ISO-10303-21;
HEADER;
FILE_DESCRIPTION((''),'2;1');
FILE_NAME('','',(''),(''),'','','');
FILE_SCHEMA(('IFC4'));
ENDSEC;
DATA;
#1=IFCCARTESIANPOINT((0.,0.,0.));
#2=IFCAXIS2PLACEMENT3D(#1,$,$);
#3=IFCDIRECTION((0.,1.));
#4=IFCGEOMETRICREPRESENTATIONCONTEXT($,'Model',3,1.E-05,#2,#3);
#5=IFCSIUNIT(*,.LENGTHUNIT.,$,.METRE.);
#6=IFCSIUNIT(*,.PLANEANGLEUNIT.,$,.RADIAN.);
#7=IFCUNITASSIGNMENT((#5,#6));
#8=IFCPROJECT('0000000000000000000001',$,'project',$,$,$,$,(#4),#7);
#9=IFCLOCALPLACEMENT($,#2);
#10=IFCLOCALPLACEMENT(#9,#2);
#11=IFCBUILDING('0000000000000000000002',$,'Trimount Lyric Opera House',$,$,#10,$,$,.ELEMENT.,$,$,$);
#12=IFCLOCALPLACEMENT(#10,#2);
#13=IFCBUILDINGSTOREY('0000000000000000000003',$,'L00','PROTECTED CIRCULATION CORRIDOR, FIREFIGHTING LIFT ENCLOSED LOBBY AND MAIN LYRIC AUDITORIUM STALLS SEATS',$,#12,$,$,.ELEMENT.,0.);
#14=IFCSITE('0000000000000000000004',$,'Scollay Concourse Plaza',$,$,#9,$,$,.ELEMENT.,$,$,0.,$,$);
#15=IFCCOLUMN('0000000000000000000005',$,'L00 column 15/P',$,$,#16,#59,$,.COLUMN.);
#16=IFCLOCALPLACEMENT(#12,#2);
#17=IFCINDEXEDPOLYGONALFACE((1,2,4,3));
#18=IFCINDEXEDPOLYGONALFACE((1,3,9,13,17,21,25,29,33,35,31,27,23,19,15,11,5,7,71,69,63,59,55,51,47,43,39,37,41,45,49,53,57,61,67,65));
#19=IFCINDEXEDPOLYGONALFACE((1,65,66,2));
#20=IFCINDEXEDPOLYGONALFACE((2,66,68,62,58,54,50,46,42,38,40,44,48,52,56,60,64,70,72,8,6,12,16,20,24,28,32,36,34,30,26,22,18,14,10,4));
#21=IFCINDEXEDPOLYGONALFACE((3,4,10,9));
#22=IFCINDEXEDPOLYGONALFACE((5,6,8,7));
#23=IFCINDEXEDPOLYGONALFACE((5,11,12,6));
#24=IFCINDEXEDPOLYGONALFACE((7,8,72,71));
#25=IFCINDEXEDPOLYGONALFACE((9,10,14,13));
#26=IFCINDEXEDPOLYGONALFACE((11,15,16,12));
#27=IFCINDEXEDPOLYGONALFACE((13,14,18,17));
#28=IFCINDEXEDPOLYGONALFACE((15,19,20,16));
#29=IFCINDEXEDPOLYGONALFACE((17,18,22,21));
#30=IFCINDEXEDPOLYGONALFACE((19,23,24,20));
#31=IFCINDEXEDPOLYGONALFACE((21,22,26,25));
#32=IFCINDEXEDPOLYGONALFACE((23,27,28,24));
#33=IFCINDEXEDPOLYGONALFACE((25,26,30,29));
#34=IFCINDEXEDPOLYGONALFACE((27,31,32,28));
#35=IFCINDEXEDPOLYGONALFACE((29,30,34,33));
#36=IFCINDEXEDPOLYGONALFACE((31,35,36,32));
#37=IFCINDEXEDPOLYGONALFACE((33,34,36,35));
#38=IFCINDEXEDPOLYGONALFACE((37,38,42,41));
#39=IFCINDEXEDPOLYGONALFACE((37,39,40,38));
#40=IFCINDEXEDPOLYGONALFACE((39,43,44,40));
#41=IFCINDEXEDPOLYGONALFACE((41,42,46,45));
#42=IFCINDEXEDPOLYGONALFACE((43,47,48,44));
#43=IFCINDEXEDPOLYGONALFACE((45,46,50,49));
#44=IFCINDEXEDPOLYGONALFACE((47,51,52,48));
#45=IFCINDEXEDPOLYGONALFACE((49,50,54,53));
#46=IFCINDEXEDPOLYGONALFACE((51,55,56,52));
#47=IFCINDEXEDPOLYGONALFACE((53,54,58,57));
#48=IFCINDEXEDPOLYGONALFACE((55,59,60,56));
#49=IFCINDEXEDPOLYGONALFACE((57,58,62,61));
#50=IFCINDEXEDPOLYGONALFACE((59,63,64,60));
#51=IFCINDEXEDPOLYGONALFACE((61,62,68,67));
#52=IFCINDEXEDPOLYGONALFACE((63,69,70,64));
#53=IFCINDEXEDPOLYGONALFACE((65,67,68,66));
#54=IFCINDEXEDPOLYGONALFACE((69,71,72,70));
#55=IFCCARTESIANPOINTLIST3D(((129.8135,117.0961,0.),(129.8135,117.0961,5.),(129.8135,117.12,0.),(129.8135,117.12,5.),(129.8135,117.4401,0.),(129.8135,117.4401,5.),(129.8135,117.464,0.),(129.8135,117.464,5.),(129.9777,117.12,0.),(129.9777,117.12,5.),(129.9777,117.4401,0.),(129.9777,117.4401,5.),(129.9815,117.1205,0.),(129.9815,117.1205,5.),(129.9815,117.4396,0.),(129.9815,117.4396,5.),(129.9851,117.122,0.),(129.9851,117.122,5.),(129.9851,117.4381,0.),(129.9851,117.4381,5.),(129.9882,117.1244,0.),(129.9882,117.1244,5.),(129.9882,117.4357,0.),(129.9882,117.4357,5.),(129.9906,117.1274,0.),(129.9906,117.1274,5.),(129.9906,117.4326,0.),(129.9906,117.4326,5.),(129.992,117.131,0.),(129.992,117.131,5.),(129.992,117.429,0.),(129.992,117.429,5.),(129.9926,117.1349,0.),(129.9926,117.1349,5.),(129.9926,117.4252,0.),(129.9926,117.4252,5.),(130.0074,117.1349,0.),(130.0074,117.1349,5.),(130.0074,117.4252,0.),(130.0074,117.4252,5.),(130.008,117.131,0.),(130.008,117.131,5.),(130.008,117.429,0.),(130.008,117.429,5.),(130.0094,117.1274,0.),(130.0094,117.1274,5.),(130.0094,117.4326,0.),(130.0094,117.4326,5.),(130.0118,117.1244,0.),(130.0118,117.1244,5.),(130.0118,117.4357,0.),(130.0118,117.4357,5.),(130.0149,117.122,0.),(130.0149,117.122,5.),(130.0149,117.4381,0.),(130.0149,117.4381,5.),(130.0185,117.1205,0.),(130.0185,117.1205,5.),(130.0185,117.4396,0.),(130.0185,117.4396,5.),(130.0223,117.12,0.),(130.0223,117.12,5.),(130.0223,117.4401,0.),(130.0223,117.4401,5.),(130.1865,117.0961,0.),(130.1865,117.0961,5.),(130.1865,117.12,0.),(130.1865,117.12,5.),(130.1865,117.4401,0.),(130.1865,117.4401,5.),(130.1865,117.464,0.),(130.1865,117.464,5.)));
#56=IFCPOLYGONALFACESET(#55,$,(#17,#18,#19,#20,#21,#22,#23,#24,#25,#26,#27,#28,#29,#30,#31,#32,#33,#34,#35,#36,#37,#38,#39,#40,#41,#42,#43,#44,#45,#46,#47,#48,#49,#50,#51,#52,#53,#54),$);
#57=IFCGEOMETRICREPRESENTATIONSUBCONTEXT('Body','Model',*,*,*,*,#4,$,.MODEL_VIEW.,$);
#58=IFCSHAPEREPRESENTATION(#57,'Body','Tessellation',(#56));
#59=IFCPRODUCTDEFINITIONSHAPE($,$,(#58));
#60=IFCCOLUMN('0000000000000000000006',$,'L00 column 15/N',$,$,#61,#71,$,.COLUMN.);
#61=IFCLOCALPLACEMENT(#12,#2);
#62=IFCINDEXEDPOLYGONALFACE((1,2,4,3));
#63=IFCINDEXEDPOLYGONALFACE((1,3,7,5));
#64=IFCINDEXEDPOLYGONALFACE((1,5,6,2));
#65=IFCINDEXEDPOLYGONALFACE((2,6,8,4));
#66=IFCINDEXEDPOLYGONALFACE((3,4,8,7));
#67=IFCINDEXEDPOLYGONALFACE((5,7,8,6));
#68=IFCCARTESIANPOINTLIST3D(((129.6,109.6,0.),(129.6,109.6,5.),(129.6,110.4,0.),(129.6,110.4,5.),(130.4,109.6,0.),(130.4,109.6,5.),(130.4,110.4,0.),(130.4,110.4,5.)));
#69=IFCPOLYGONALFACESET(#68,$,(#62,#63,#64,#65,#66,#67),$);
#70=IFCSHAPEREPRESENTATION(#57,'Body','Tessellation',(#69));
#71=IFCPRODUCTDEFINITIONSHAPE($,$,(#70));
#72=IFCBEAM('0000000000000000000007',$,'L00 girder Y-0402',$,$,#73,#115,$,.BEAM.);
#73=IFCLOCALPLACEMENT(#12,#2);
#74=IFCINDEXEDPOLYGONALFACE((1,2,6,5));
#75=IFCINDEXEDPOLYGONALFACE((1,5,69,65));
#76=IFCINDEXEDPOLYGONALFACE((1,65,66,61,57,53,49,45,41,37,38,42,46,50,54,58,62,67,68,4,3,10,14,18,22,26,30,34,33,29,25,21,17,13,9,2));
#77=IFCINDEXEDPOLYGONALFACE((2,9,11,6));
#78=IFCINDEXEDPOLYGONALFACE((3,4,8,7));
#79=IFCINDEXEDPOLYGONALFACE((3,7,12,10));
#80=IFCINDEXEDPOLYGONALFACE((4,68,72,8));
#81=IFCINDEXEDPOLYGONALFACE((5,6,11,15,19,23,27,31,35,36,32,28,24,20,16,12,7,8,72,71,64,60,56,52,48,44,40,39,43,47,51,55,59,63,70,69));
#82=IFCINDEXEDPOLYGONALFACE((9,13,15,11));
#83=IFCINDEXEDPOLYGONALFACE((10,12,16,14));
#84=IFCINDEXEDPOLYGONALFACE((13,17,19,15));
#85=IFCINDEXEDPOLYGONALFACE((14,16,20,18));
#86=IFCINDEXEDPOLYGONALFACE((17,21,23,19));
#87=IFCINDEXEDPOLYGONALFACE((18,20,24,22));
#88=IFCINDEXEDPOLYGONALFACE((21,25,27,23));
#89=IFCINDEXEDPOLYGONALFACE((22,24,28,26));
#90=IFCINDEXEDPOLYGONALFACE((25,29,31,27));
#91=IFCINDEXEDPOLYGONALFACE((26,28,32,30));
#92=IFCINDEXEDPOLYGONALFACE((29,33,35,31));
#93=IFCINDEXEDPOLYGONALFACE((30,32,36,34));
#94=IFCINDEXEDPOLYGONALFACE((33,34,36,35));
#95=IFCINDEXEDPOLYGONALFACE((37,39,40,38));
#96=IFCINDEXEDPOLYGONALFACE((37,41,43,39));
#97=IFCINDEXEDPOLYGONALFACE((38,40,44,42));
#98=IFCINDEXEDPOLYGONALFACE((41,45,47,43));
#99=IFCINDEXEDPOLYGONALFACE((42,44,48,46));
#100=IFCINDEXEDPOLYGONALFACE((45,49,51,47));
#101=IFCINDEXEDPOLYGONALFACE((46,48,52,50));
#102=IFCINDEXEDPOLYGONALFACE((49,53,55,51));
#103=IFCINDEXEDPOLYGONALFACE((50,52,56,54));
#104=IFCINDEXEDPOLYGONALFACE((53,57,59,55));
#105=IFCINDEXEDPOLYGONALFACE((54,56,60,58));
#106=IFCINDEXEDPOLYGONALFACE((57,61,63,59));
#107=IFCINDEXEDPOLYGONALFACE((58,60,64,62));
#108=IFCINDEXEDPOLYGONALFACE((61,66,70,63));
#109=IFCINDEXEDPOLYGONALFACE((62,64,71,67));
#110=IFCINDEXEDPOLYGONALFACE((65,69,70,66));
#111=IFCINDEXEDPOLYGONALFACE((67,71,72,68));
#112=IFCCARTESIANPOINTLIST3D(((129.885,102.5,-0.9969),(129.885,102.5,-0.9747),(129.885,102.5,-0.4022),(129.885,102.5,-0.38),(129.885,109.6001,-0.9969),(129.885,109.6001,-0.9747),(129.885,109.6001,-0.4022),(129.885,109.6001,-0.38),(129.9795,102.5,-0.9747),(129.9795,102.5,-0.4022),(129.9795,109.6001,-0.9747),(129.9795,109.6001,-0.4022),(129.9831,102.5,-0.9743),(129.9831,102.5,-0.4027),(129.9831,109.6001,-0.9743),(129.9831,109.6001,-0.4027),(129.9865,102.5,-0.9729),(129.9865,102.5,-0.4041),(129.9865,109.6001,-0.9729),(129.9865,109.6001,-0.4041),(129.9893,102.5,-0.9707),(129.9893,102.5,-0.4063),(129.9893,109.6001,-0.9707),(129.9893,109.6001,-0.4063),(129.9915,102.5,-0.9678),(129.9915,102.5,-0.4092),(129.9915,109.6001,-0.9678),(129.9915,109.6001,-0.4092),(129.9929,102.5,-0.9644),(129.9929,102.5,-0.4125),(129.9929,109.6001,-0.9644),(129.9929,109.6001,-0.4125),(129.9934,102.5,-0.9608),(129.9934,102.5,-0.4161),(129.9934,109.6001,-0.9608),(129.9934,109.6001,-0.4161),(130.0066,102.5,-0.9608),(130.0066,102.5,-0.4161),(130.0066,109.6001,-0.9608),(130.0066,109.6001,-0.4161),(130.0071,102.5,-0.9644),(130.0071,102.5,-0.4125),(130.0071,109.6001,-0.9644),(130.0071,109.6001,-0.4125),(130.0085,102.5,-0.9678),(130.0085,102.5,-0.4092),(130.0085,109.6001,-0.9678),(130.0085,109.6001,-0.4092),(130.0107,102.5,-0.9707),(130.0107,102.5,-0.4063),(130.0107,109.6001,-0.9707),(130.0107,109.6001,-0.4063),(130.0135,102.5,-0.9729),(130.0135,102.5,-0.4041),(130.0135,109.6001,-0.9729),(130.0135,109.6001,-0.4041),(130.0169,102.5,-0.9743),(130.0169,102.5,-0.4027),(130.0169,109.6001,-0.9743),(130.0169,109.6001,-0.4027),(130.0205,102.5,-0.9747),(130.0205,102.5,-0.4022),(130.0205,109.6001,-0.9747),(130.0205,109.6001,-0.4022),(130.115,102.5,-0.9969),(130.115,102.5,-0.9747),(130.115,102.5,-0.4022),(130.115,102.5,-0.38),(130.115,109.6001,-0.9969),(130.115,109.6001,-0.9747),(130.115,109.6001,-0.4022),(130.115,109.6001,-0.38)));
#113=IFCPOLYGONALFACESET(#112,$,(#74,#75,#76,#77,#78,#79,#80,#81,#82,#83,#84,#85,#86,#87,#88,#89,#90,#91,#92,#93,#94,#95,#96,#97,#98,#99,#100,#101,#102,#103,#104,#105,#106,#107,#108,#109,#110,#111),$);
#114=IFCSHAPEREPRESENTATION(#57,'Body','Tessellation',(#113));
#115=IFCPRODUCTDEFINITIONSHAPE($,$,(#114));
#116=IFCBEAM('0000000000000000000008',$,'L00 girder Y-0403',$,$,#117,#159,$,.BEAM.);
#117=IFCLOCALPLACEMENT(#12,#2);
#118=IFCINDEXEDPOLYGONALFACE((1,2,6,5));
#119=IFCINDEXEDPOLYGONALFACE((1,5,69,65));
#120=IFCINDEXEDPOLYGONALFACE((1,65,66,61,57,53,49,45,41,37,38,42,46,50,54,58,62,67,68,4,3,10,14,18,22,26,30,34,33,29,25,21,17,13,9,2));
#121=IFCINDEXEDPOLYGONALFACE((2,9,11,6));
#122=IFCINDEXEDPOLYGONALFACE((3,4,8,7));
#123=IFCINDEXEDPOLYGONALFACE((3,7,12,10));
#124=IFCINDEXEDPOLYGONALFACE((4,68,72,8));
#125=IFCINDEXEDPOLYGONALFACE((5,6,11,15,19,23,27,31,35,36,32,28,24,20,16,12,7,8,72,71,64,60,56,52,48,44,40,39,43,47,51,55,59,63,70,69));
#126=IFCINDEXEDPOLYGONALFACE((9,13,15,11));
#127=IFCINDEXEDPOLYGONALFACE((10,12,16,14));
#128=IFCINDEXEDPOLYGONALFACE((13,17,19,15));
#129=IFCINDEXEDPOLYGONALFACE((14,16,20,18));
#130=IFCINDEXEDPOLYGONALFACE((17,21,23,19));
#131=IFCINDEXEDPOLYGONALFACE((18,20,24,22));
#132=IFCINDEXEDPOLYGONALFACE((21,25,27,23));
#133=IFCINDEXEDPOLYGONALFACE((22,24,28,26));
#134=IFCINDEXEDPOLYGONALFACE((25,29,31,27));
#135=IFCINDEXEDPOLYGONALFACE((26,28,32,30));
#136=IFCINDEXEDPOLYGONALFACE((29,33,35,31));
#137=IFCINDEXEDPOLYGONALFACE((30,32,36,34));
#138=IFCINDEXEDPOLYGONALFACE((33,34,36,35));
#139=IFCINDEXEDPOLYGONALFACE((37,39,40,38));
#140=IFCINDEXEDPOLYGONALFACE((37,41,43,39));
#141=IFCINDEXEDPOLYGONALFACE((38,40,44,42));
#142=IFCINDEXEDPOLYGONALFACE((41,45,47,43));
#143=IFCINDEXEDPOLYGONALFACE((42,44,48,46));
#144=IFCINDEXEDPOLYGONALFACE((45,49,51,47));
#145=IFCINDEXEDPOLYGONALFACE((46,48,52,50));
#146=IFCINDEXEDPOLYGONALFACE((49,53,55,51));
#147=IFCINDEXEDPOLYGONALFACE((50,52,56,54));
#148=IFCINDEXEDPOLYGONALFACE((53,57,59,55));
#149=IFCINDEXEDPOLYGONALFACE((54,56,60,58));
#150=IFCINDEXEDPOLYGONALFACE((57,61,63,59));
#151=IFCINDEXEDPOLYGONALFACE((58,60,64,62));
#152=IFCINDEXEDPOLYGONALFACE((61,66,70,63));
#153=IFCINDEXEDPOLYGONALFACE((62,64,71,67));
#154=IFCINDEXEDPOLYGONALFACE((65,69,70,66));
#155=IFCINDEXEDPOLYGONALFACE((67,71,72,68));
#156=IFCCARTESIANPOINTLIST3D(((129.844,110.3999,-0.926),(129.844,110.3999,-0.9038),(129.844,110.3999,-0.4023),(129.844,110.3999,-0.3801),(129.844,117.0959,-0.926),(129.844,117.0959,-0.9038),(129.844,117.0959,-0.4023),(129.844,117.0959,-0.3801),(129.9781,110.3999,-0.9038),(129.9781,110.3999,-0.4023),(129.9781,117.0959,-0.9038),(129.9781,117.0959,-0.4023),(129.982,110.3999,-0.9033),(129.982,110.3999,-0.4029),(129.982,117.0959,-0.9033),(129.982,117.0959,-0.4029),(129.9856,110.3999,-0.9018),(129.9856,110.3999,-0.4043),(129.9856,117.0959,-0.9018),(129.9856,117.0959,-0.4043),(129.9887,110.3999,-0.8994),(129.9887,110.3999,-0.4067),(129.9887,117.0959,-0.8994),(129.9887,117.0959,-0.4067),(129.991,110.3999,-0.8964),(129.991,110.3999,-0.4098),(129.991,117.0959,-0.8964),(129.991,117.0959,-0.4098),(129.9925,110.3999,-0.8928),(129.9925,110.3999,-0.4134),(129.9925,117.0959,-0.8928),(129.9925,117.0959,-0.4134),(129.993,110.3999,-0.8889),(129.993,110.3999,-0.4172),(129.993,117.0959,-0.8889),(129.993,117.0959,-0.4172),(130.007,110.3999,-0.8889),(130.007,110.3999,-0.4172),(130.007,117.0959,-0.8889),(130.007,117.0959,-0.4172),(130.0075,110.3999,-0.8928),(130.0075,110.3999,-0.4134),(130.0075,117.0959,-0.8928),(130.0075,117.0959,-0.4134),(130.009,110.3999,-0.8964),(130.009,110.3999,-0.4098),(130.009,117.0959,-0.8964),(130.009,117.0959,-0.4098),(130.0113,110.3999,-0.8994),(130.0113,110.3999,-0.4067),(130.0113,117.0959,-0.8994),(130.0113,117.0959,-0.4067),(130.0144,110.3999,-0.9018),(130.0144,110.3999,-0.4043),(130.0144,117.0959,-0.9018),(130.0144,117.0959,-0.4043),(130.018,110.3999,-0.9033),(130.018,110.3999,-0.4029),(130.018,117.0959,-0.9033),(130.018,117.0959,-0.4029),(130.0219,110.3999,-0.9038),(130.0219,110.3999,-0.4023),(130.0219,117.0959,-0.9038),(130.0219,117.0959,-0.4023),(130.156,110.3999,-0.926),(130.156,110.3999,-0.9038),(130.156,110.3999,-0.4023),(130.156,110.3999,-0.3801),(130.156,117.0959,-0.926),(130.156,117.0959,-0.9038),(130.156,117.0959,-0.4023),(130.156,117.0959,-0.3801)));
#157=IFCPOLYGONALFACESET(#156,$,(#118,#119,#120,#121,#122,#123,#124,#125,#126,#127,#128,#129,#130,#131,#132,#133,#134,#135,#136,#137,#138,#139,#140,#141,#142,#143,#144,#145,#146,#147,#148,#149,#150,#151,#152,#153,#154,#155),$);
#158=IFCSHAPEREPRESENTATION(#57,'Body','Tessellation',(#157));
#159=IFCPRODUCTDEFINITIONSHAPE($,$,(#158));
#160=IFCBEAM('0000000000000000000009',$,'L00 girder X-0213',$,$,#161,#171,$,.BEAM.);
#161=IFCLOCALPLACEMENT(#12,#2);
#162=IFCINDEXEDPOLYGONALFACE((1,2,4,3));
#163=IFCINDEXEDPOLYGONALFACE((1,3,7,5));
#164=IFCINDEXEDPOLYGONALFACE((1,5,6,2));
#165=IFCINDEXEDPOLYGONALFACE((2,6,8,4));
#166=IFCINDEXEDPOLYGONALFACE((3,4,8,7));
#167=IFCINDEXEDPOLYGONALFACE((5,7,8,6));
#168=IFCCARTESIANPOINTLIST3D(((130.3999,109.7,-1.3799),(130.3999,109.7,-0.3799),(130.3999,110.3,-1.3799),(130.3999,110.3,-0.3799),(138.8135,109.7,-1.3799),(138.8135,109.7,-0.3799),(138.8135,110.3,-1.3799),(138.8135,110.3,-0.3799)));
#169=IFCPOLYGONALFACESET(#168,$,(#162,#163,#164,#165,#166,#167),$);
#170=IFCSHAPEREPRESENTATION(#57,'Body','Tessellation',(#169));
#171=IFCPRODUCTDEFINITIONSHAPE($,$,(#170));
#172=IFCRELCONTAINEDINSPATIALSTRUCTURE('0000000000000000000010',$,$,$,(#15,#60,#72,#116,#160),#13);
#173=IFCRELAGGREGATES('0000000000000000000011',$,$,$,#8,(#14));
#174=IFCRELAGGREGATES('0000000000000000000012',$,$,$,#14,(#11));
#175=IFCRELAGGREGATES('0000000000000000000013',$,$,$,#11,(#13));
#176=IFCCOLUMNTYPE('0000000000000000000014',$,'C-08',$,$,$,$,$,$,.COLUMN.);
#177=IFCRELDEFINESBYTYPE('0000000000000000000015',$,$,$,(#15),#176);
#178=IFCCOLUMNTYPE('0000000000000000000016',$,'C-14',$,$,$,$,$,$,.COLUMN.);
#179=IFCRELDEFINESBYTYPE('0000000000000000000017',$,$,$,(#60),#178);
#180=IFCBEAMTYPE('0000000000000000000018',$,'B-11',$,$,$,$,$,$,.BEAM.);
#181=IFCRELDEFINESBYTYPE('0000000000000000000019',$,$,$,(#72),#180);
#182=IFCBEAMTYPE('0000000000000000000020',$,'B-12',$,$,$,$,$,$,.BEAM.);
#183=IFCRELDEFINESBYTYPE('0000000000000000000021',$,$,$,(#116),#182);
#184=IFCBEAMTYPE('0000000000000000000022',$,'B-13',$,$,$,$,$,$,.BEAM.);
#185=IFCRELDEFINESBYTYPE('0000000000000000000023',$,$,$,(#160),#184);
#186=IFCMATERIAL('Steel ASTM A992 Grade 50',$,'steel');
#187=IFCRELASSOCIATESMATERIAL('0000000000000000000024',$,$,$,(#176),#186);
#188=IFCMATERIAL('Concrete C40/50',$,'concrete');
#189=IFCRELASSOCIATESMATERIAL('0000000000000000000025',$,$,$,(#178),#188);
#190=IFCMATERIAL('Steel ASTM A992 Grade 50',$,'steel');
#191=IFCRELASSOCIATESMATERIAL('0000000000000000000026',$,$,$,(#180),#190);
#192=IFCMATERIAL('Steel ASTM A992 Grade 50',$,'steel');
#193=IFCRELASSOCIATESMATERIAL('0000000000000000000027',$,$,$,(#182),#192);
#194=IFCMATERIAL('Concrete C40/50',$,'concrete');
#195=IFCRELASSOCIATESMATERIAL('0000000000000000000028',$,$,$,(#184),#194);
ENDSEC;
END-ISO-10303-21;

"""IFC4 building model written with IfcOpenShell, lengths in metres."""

from ifc_helpers import new_model, si_unit, direction, frame, origin, origin_2d, place, context, subcontext, project, spatial, rectangle, i_section, extrude, material, material_profile, profile_set, type_object, element, save


model = new_model("IFC4")

# Units and contexts
model_context = context("Model", 3, precision=1e-05, world=origin(), true_north=direction((0.0, 1.0)))
body_context = subcontext(model_context, "Body", "Model", "MODEL_VIEW")
ifc_project = project(units=[si_unit("LENGTHUNIT", "METRE"), si_unit("PLANEANGLEUNIT", "RADIAN")], contexts=[model_context])

# Site, building, storey
site_placement = place(None, origin())
site = spatial("IfcSite", under=ifc_project, at=site_placement, Name="Scollay Concourse Plaza", CompositionType="ELEMENT", RefElevation=0.0)
building_placement = place(site_placement, origin())
building = spatial("IfcBuilding", under=site, at=building_placement, Name="Trimount Lyric Opera House", CompositionType="ELEMENT")
storey_placement = place(building_placement, origin())
storey = spatial("IfcBuildingStorey", under=building, at=storey_placement, Name="L00", Description="PROTECTED CIRCULATION CORRIDOR, FIREFIGHTING LIFT ENCLOSED LOBBY AND MAIN LYRIC AUDITORIUM STALLS SEATS", CompositionType="ELEMENT", Elevation=0.0)

# Columns
ifc_material_1 = material(Name="Steel ASTM A992 Grade 50", Category="steel")
ifc_material_profile_1 = material_profile(ifc_material_1, i_section(OverallWidth=0.373, OverallDepth=0.3679, WebThickness=0.0149, FlangeThickness=0.0239, FilletRadius=0.0149, at=origin_2d()), Name="W14X120")
ifc_profile_set_1 = profile_set([ifc_material_profile_1], Name="Steel ASTM A992 Grade 50")
column_type_1 = type_object("IfcColumnType", Name="C-08", PredefinedType="COLUMN", material=ifc_profile_set_1)
column_1_placement = place(storey_placement, frame((130.0, 117.28, 0.0), z_axis=(0.0, 0.0, 1.0), x_axis=(1.0, 0.0, 0.0)))
element("IfcColumn", 1, at=column_1_placement, inside=storey, type_object=column_type_1, Name="L00 column 15/P", PredefinedType="COLUMN", context=body_context, shape_type="SweptSolid", body=[
    extrude(i_section(OverallWidth=0.373, OverallDepth=0.3679, WebThickness=0.0149, FlangeThickness=0.0239, FilletRadius=0.0149, at=origin_2d()), origin(), (0.0, 0.0, 1.0), 5.0),
])
ifc_material_2 = material(Name="Concrete C40/50", Category="concrete")
ifc_material_profile_2 = material_profile(ifc_material_2, rectangle(XDim=0.8, YDim=0.8, at=origin_2d()), Name="RC800X800")
ifc_profile_set_2 = profile_set([ifc_material_profile_2], Name="Concrete C40/50")
column_type_2 = type_object("IfcColumnType", Name="C-14", PredefinedType="COLUMN", material=ifc_profile_set_2)
column_2_placement = place(storey_placement, frame((130.0, 110.0, 0.0), z_axis=(0.0, 0.0, 1.0), x_axis=(1.0, 0.0, 0.0)))
element("IfcColumn", 2, at=column_2_placement, inside=storey, type_object=column_type_2, Name="L00 column 15/N", PredefinedType="COLUMN", context=body_context, shape_type="SweptSolid", body=[
    extrude(rectangle(XDim=0.8, YDim=0.8, at=origin_2d()), origin(), (0.0, 0.0, 1.0), 5.0),
])

# Beams
ifc_material_3 = material(Name="Steel ASTM A992 Grade 50", Category="steel")
ifc_material_profile_3 = material_profile(ifc_material_3, i_section(OverallWidth=0.23, OverallDepth=0.6169, WebThickness=0.0132, FlangeThickness=0.0222, FilletRadius=0.0139, at=origin_2d()), Name="W24X94")
ifc_profile_set_3 = profile_set([ifc_material_profile_3], Name="Steel ASTM A992 Grade 50")
beam_type_1 = type_object("IfcBeamType", Name="B-11", PredefinedType="BEAM", material=ifc_profile_set_3)
beam_1_placement = place(storey_placement, frame((130.0, 102.5, -0.6885), z_axis=(0.0, 1.0, 0.0), x_axis=(-1.0, 0.0, 0.0)))
element("IfcBeam", 3, at=beam_1_placement, inside=storey, type_object=beam_type_1, Name="L00 girder Y-0402", PredefinedType="BEAM", context=body_context, shape_type="SweptSolid", body=[
    extrude(i_section(OverallWidth=0.23, OverallDepth=0.6169, WebThickness=0.0132, FlangeThickness=0.0222, FilletRadius=0.0139, at=origin_2d()), origin(), (0.0, 0.0, 1.0), 7.1001),
])
ifc_material_4 = material(Name="Steel ASTM A992 Grade 50", Category="steel")
ifc_material_profile_4 = material_profile(ifc_material_4, i_section(OverallWidth=0.312, OverallDepth=0.5459, WebThickness=0.0139, FlangeThickness=0.0222, FilletRadius=0.0149, at=origin_2d()), Name="W21X111")
ifc_profile_set_4 = profile_set([ifc_material_profile_4], Name="Steel ASTM A992 Grade 50")
beam_type_2 = type_object("IfcBeamType", Name="B-12", PredefinedType="BEAM", material=ifc_profile_set_4)
beam_2_placement = place(storey_placement, frame((130.0, 110.3999, -0.6531), z_axis=(0.0, 1.0, 0.0), x_axis=(-1.0, 0.0, 0.0)))
element("IfcBeam", 4, at=beam_2_placement, inside=storey, type_object=beam_type_2, Name="L00 girder Y-0403", PredefinedType="BEAM", context=body_context, shape_type="SweptSolid", body=[
    extrude(i_section(OverallWidth=0.312, OverallDepth=0.5459, WebThickness=0.0139, FlangeThickness=0.0222, FilletRadius=0.0149, at=origin_2d()), origin(), (0.0, 0.0, 1.0), 6.696),
])
ifc_material_5 = material(Name="Concrete C40/50", Category="concrete")
ifc_material_profile_5 = material_profile(ifc_material_5, rectangle(XDim=0.6001, YDim=1.0, at=origin_2d()), Name="RC600X1000")
ifc_profile_set_5 = profile_set([ifc_material_profile_5], Name="Concrete C40/50")
beam_type_3 = type_object("IfcBeamType", Name="B-13", PredefinedType="BEAM", material=ifc_profile_set_5)
beam_3_placement = place(storey_placement, frame((130.3999, 110.0, -0.8799), z_axis=(1.0, 0.0, 0.0), x_axis=(0.0, 1.0, 0.0)))
element("IfcBeam", 5, at=beam_3_placement, inside=storey, type_object=beam_type_3, Name="L00 girder X-0213", PredefinedType="BEAM", context=body_context, shape_type="SweptSolid", body=[
    extrude(rectangle(XDim=0.6001, YDim=1.0, at=origin_2d()), origin(), (0.0, 0.0, 1.0), 8.4136),
])

save(model, "model.ifc")
